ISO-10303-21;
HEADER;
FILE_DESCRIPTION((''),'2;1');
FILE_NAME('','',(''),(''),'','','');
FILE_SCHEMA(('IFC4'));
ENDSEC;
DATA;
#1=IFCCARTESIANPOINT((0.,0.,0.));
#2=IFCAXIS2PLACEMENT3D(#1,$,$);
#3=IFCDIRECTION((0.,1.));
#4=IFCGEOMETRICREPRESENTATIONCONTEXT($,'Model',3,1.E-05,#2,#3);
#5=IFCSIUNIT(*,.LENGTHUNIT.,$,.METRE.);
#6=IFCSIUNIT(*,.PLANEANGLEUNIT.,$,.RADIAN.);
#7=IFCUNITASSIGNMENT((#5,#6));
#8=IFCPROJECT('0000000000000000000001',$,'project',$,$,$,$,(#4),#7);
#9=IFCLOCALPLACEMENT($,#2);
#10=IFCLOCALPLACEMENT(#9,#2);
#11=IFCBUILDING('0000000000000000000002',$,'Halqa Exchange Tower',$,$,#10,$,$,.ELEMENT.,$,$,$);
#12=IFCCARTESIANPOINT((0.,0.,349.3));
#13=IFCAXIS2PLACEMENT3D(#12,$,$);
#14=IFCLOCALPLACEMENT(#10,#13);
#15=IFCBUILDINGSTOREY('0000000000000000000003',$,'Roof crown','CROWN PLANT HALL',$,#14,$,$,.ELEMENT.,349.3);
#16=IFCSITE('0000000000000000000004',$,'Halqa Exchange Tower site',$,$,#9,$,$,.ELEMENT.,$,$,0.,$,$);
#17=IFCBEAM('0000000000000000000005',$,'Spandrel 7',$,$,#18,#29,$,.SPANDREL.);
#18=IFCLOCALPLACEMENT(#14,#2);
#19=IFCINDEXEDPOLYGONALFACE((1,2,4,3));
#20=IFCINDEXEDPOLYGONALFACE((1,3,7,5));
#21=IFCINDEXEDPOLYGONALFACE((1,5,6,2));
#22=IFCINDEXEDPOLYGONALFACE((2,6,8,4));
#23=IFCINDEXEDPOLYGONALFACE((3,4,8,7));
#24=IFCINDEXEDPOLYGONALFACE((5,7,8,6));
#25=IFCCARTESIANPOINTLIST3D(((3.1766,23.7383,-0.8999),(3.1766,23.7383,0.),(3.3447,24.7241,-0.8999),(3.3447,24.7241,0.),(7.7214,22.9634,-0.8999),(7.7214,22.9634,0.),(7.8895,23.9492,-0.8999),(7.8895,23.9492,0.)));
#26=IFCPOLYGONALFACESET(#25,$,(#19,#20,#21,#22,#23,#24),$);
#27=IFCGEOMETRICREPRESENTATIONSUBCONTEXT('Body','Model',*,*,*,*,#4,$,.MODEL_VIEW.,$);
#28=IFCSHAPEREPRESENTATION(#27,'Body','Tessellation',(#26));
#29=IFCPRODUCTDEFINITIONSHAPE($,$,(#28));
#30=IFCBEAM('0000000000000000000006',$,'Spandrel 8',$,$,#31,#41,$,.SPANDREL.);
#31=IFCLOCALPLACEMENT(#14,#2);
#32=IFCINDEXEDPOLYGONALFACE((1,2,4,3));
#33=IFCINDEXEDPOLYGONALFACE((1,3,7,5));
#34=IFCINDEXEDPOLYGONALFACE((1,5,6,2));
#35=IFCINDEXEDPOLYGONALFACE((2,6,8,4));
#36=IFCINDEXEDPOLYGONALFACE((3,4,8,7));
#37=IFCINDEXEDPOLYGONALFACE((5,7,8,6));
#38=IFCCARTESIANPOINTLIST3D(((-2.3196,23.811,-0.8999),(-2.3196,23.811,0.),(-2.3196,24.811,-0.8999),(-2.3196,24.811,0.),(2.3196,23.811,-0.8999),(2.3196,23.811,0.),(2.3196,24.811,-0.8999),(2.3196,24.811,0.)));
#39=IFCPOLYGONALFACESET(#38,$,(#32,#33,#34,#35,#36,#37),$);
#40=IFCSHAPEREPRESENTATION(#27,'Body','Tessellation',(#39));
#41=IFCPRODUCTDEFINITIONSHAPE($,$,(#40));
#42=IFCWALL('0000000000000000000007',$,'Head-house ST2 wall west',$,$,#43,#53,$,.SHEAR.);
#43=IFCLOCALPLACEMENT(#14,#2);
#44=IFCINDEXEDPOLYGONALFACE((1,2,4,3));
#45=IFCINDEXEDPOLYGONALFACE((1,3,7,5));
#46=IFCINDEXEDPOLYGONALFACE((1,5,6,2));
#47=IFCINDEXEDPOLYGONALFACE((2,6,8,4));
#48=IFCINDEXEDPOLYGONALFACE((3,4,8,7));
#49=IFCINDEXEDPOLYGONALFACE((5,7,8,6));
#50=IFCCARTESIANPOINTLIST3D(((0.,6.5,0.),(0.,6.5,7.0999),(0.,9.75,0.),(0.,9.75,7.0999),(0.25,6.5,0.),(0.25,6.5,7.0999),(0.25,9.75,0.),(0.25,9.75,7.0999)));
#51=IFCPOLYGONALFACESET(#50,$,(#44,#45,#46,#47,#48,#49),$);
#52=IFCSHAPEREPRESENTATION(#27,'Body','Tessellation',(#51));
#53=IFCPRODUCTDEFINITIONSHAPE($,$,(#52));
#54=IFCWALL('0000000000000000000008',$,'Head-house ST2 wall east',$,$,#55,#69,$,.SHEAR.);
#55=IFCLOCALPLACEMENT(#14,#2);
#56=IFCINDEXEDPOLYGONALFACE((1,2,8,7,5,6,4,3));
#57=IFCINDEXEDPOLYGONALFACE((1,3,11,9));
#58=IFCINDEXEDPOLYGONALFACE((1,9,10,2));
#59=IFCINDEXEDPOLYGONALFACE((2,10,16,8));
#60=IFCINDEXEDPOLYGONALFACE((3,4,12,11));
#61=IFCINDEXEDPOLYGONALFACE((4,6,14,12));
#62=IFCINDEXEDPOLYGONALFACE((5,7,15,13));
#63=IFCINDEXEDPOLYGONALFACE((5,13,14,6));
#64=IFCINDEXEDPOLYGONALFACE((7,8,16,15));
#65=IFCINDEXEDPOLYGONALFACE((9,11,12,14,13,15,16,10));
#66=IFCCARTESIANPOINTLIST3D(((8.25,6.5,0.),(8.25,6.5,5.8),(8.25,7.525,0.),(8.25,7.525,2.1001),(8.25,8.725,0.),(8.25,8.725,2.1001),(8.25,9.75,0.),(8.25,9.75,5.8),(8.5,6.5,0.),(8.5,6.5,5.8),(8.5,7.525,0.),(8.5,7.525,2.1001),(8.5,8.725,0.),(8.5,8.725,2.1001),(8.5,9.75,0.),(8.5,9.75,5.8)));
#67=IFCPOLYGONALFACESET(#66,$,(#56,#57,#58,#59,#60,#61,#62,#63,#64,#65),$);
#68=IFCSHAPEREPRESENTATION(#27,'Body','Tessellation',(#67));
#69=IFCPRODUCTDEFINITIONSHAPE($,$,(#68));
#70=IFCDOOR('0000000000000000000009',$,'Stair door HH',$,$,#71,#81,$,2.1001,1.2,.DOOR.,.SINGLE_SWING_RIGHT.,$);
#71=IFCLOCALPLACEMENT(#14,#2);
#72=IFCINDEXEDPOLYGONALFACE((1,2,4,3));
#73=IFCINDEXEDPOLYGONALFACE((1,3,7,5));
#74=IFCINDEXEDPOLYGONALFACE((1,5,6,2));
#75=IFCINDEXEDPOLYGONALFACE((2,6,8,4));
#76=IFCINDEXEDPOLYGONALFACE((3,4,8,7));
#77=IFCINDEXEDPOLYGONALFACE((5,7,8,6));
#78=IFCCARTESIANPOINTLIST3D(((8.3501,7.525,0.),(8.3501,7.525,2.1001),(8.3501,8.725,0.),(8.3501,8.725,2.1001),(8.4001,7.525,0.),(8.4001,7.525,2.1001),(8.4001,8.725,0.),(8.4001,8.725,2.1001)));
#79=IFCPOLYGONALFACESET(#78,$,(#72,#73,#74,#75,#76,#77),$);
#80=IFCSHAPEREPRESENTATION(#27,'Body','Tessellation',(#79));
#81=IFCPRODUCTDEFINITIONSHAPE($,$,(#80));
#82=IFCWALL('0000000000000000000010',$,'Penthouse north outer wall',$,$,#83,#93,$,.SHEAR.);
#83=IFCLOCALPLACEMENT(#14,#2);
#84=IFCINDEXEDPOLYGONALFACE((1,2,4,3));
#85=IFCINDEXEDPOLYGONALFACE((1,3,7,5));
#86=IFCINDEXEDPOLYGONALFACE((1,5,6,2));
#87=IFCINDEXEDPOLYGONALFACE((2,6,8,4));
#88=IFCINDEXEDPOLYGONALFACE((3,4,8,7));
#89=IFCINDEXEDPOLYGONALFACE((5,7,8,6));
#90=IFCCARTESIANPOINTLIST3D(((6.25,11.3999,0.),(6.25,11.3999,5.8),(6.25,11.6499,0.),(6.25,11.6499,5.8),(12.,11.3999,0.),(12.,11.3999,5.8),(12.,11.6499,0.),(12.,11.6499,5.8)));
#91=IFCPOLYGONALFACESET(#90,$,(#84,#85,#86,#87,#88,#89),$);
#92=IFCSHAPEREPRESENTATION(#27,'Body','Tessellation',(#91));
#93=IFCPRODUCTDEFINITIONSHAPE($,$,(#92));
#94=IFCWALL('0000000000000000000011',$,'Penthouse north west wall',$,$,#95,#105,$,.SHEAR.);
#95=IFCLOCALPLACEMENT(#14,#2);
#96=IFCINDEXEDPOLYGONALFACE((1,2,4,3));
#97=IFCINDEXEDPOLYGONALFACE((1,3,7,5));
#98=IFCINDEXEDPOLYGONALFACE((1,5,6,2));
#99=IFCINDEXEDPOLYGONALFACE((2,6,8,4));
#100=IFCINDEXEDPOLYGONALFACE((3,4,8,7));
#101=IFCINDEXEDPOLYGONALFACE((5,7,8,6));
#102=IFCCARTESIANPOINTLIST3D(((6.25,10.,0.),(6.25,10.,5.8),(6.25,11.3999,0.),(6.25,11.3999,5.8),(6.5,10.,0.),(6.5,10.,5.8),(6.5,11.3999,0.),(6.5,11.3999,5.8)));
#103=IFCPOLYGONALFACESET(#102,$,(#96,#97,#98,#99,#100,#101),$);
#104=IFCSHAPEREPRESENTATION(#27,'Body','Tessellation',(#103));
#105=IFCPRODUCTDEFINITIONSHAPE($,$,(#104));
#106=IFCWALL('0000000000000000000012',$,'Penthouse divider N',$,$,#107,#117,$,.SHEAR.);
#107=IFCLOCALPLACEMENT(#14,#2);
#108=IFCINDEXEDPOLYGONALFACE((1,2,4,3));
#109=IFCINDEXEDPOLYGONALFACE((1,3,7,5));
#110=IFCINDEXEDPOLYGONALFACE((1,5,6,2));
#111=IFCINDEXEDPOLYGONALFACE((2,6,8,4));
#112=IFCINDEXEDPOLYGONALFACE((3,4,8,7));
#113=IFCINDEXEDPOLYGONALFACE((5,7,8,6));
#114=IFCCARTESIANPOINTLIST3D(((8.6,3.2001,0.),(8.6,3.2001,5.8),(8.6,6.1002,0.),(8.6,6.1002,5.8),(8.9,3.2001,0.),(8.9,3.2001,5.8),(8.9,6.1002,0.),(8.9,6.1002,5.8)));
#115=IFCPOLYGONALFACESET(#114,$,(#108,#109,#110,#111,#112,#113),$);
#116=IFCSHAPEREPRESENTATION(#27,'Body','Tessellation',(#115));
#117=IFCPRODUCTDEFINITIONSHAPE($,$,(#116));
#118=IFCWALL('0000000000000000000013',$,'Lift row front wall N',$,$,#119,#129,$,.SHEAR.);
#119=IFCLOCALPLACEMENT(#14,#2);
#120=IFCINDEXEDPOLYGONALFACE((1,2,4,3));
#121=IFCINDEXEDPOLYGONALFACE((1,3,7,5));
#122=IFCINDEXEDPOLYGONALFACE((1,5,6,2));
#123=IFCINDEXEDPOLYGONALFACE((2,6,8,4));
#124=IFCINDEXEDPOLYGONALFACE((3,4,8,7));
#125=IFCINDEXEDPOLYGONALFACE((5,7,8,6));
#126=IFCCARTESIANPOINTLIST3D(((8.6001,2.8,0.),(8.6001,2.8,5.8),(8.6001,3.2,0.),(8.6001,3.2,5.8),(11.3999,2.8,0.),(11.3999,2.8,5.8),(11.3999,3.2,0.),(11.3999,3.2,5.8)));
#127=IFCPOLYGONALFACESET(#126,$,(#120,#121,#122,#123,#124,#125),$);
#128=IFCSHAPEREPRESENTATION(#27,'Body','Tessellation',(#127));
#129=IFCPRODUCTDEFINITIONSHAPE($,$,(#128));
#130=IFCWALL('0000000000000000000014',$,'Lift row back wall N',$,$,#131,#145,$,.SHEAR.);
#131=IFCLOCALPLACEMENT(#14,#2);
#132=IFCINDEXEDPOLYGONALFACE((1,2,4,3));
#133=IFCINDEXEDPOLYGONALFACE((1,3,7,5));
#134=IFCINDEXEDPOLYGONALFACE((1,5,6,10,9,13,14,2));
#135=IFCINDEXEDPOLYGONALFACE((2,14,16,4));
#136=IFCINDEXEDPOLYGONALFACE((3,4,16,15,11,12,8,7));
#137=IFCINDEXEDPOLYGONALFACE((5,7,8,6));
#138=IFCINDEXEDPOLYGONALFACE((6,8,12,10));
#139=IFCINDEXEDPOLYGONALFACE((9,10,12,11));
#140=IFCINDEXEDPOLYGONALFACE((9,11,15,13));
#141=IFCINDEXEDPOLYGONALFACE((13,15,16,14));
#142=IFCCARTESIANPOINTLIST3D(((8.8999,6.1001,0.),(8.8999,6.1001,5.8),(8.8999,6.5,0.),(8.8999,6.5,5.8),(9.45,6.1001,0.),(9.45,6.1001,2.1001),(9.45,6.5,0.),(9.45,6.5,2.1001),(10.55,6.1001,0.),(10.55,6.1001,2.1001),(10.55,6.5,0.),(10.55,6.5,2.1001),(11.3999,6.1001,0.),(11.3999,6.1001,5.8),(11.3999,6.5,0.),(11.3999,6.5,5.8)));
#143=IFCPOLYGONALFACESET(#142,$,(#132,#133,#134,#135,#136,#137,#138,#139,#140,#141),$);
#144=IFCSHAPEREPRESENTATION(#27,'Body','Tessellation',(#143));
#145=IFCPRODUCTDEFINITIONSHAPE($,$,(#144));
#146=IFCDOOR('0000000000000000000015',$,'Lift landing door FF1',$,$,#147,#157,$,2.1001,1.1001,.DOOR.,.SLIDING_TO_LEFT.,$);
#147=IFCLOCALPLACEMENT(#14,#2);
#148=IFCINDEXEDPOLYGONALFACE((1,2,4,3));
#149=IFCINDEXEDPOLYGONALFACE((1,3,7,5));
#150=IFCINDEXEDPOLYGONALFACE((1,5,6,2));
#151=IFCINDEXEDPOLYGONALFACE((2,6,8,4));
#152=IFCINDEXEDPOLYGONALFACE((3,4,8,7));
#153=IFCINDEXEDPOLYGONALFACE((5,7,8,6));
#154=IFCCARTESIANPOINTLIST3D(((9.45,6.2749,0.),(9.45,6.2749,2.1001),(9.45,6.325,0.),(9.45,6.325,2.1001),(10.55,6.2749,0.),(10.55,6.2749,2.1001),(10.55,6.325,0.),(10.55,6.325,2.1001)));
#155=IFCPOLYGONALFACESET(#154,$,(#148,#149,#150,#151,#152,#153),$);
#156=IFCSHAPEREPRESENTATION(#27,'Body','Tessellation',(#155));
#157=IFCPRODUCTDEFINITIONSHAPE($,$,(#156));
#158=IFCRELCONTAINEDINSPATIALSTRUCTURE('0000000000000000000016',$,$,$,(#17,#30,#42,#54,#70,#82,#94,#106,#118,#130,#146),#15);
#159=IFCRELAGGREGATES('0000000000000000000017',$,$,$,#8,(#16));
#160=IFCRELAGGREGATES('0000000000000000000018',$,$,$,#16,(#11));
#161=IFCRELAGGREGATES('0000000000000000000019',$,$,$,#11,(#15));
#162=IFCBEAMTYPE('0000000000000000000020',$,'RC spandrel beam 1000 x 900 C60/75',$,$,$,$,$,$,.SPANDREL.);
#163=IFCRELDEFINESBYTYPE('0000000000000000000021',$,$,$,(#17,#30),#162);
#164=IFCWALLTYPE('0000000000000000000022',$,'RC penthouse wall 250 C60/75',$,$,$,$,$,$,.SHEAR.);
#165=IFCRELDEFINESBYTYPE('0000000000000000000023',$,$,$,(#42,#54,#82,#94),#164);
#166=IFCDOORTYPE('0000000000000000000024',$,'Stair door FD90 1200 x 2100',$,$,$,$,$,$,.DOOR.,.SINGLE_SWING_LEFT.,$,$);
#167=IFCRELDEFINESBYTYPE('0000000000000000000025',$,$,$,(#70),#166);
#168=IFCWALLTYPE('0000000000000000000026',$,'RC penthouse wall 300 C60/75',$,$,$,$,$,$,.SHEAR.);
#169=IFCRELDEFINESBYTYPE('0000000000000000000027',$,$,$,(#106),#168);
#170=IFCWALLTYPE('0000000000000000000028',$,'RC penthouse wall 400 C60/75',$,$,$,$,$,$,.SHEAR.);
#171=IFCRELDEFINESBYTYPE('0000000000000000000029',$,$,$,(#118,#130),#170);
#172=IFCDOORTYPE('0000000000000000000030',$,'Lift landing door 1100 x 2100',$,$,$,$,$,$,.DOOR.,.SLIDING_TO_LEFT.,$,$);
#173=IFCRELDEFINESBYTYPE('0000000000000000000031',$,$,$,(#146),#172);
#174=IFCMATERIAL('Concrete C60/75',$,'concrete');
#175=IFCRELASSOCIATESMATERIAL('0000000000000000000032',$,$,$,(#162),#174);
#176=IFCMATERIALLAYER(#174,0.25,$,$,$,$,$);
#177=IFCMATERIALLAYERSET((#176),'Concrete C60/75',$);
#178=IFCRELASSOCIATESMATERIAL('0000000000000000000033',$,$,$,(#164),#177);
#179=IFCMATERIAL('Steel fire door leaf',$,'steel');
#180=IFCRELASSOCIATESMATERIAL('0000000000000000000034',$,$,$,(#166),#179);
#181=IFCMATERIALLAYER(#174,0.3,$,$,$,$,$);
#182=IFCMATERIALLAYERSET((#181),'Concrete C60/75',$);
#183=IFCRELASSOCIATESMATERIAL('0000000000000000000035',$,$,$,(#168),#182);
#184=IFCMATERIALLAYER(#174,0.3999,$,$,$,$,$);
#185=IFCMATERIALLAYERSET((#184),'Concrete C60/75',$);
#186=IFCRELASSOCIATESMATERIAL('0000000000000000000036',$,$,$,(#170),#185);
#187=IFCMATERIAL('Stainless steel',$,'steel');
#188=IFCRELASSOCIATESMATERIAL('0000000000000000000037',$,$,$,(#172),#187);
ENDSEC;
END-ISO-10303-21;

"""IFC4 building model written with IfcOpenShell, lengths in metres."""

from ifc_helpers import new_model, si_unit, direction, frame, frame_2d, origin, origin_2d, place, context, subcontext, project, spatial, rectangle, extrude, material, layer, layer_set, material_profile, profile_set, type_object, element, fill, save


model = new_model("IFC4")

# Units and contexts
model_context = context("Model", 3, precision=1e-05, world=origin(), true_north=direction((0.0, 1.0)))
body_context = subcontext(model_context, "Body", "Model", "MODEL_VIEW")
ifc_project = project(units=[si_unit("LENGTHUNIT", "METRE"), si_unit("PLANEANGLEUNIT", "RADIAN")], contexts=[model_context])

# Site, building, storey
site_placement = place(None, origin())
site = spatial("IfcSite", under=ifc_project, at=site_placement, Name="Halqa Exchange Tower site", CompositionType="ELEMENT", RefElevation=0.0)
building_placement = place(site_placement, origin())
building = spatial("IfcBuilding", under=site, at=building_placement, Name="Halqa Exchange Tower", CompositionType="ELEMENT")
storey_placement = place(building_placement, frame((0.0, 0.0, 349.3)))
storey = spatial("IfcBuildingStorey", under=building, at=storey_placement, Name="Roof crown", Description="CROWN PLANT HALL", CompositionType="ELEMENT", Elevation=349.3)

# Beams
ifc_material_1 = material(Name="Concrete C60/75", Category="concrete")
ifc_material_profile_1 = material_profile(ifc_material_1, rectangle(XDim=1.0, YDim=0.8999, at=origin_2d()), Name="1000 x 900")
ifc_profile_set_1 = profile_set([ifc_material_profile_1], Name="Concrete C60/75")
beam_type_1 = type_object("IfcBeamType", Name="RC spandrel beam 1000 x 900 C60/75", PredefinedType="SPANDREL", material=ifc_profile_set_1)
beam_1_placement = place(storey_placement, frame((7.8054, 23.4563, -0.45), z_axis=(-0.985773, 0.168082, 0.0), x_axis=(-0.168082, -0.985773, 0.0)))
element("IfcBeam", 1, at=beam_1_placement, inside=storey, type_object=beam_type_1, Name="Spandrel 7", PredefinedType="SPANDREL", context=body_context, shape_type="SweptSolid", body=[
    extrude(rectangle(XDim=1.0, YDim=0.8999, at=origin_2d()), origin(), (0.0, 0.0, 1.0), 4.6104),
])
beam_2_placement = place(storey_placement, frame((2.3196, 24.311, -0.45), z_axis=(-1.0, 0.0, 0.0), x_axis=(0.0, -1.0, 0.0)))
element("IfcBeam", 2, at=beam_2_placement, inside=storey, type_object=beam_type_1, Name="Spandrel 8", PredefinedType="SPANDREL", context=body_context, shape_type="SweptSolid", body=[
    extrude(rectangle(XDim=1.0, YDim=0.8999, at=origin_2d()), origin(), (0.0, 0.0, 1.0), 4.6392),
])

# Wall
ifc_layer_1 = layer(ifc_material_1, 0.25)
ifc_layer_set_1 = layer_set([ifc_layer_1], Name="Concrete C60/75")
wall_type_1 = type_object("IfcWallType", Name="RC penthouse wall 250 C60/75", PredefinedType="SHEAR", material=ifc_layer_set_1)
wall_1_placement = place(storey_placement, frame((0.125, 6.5, 0.0), z_axis=(0.0, 0.0, 1.0), x_axis=(0.0, 1.0, 0.0)))
element("IfcWall", 3, at=wall_1_placement, inside=storey, type_object=wall_type_1, Name="Head-house ST2 wall west", PredefinedType="SHEAR", context=body_context, shape_type="SweptSolid", body=[
    extrude(rectangle(XDim=3.25, YDim=0.25, at=frame_2d((1.625, 0.0))), origin(), (0.0, 0.0, 1.0), 7.0999),
])

# Wall, opening, door
wall_2_placement = place(storey_placement, frame((8.375, 6.5, 0.0), z_axis=(0.0, 0.0, 1.0), x_axis=(0.0, 1.0, 0.0)))
wall_2 = element("IfcWall", 4, at=wall_2_placement, inside=storey, type_object=wall_type_1, Name="Head-house ST2 wall east", PredefinedType="SHEAR", context=body_context, shape_type="SweptSolid", body=[
    extrude(rectangle(XDim=3.25, YDim=0.25, at=frame_2d((1.625, 0.0))), origin(), (0.0, 0.0, 1.0), 5.8),
])
opening_1_placement = place(wall_2_placement, frame((1.0249, 0.0, 0.0)))
opening_1 = element("IfcOpeningElement", 5, at=opening_1_placement, cuts=wall_2, PredefinedType="OPENING", context=body_context, shape_type="SweptSolid", body=[
    extrude(rectangle(XDim=1.2, YDim=2.1001, at=frame_2d((0.6001, 1.05))), frame((0.0, 0.137, 0.0), z_axis=(0.0, -1.0, 0.0), x_axis=(1.0, 0.0, 0.0)), (0.0, 0.0, 1.0), 0.2739),
])
ifc_material_2 = material(Name="Steel fire door leaf", Category="steel")
door_type_1 = type_object("IfcDoorType", Name="Stair door FD90 1200 x 2100", OperationType="SINGLE_SWING_LEFT", PredefinedType="DOOR", material=ifc_material_2)
door_1_placement = place(opening_1_placement, origin())
door_1 = element("IfcDoor", 6, at=door_1_placement, inside=storey, type_object=door_type_1, Name="Stair door HH", OperationType="SINGLE_SWING_RIGHT", OverallHeight=2.1001, OverallWidth=1.2, PredefinedType="DOOR", context=body_context, shape_type="SweptSolid", body=[
    extrude(rectangle(XDim=1.2, YDim=2.1001, at=frame_2d((0.6001, 1.05))), frame((0.0, 0.0249, 0.0), z_axis=(0.0, -1.0, 0.0), x_axis=(1.0, 0.0, 0.0)), (0.0, 0.0, 1.0), 0.05),
])
fill(opening_1, door_1)

# Walls
wall_3_placement = place(storey_placement, frame((6.25, 11.5249, 0.0), z_axis=(0.0, 0.0, 1.0), x_axis=(1.0, 0.0, 0.0)))
element("IfcWall", 7, at=wall_3_placement, inside=storey, type_object=wall_type_1, Name="Penthouse north outer wall", PredefinedType="SHEAR", context=body_context, shape_type="SweptSolid", body=[
    extrude(rectangle(XDim=5.75, YDim=0.25, at=frame_2d((2.875, 0.0))), origin(), (0.0, 0.0, 1.0), 5.8),
])
wall_4_placement = place(storey_placement, frame((6.375, 10.0, 0.0), z_axis=(0.0, 0.0, 1.0), x_axis=(0.0, 1.0, 0.0)))
element("IfcWall", 8, at=wall_4_placement, inside=storey, type_object=wall_type_1, Name="Penthouse north west wall", PredefinedType="SHEAR", context=body_context, shape_type="SweptSolid", body=[
    extrude(rectangle(XDim=1.3999, YDim=0.25, at=frame_2d((0.7, 0.0))), origin(), (0.0, 0.0, 1.0), 5.8),
])
ifc_layer_2 = layer(ifc_material_1, 0.3)
ifc_layer_set_2 = layer_set([ifc_layer_2], Name="Concrete C60/75")
wall_type_2 = type_object("IfcWallType", Name="RC penthouse wall 300 C60/75", PredefinedType="SHEAR", material=ifc_layer_set_2)
wall_5_placement = place(storey_placement, frame((8.75, 3.2, 0.0), z_axis=(0.0, 0.0, 1.0), x_axis=(0.0, 1.0, 0.0)))
element("IfcWall", 9, at=wall_5_placement, inside=storey, type_object=wall_type_2, Name="Penthouse divider N", PredefinedType="SHEAR", context=body_context, shape_type="SweptSolid", body=[
    extrude(rectangle(XDim=2.9001, YDim=0.3, at=frame_2d((1.4502, 0.0))), origin(), (0.0, 0.0, 1.0), 5.8),
])
ifc_layer_3 = layer(ifc_material_1, 0.3999)
ifc_layer_set_3 = layer_set([ifc_layer_3], Name="Concrete C60/75")
wall_type_3 = type_object("IfcWallType", Name="RC penthouse wall 400 C60/75", PredefinedType="SHEAR", material=ifc_layer_set_3)
wall_6_placement = place(storey_placement, frame((8.6001, 3.0, 0.0), z_axis=(0.0, 0.0, 1.0), x_axis=(1.0, 0.0, 0.0)))
element("IfcWall", 10, at=wall_6_placement, inside=storey, type_object=wall_type_3, Name="Lift row front wall N", PredefinedType="SHEAR", context=body_context, shape_type="SweptSolid", body=[
    extrude(rectangle(XDim=2.7998, YDim=0.3999, at=frame_2d((1.3999, 0.0))), origin(), (0.0, 0.0, 1.0), 5.8),
])

# Wall, opening, door
wall_7_placement = place(storey_placement, frame((8.8999, 6.3, 0.0), z_axis=(0.0, 0.0, 1.0), x_axis=(1.0, 0.0, 0.0)))
wall_7 = element("IfcWall", 11, at=wall_7_placement, inside=storey, type_object=wall_type_3, Name="Lift row back wall N", PredefinedType="SHEAR", context=body_context, shape_type="SweptSolid", body=[
    extrude(rectangle(XDim=2.5, YDim=0.3999, at=frame_2d((1.25, 0.0))), origin(), (0.0, 0.0, 1.0), 5.8),
])
opening_2_placement = place(wall_7_placement, frame((0.55, 0.0, 0.0)))
opening_2 = element("IfcOpeningElement", 12, at=opening_2_placement, cuts=wall_7, PredefinedType="OPENING", context=body_context, shape_type="SweptSolid", body=[
    extrude(rectangle(XDim=1.1001, YDim=2.1001, at=frame_2d((0.55, 1.05))), frame((0.0, 0.2119, 0.0), z_axis=(0.0, -1.0, 0.0), x_axis=(1.0, 0.0, 0.0)), (0.0, 0.0, 1.0), 0.4238),
])
ifc_material_3 = material(Name="Stainless steel", Category="steel")
door_type_2 = type_object("IfcDoorType", Name="Lift landing door 1100 x 2100", OperationType="SLIDING_TO_LEFT", PredefinedType="DOOR", material=ifc_material_3)
door_2_placement = place(opening_2_placement, origin())
door_2 = element("IfcDoor", 13, at=door_2_placement, inside=storey, type_object=door_type_2, Name="Lift landing door FF1", OperationType="SLIDING_TO_LEFT", OverallHeight=2.1001, OverallWidth=1.1001, PredefinedType="DOOR", context=body_context, shape_type="SweptSolid", body=[
    extrude(rectangle(XDim=1.1001, YDim=2.1001, at=frame_2d((0.55, 1.05))), frame((0.0, 0.0249, 0.0), z_axis=(0.0, -1.0, 0.0), x_axis=(1.0, 0.0, 0.0)), (0.0, 0.0, 1.0), 0.05),
])
fill(opening_2, door_2)

save(model, "model.ifc")
